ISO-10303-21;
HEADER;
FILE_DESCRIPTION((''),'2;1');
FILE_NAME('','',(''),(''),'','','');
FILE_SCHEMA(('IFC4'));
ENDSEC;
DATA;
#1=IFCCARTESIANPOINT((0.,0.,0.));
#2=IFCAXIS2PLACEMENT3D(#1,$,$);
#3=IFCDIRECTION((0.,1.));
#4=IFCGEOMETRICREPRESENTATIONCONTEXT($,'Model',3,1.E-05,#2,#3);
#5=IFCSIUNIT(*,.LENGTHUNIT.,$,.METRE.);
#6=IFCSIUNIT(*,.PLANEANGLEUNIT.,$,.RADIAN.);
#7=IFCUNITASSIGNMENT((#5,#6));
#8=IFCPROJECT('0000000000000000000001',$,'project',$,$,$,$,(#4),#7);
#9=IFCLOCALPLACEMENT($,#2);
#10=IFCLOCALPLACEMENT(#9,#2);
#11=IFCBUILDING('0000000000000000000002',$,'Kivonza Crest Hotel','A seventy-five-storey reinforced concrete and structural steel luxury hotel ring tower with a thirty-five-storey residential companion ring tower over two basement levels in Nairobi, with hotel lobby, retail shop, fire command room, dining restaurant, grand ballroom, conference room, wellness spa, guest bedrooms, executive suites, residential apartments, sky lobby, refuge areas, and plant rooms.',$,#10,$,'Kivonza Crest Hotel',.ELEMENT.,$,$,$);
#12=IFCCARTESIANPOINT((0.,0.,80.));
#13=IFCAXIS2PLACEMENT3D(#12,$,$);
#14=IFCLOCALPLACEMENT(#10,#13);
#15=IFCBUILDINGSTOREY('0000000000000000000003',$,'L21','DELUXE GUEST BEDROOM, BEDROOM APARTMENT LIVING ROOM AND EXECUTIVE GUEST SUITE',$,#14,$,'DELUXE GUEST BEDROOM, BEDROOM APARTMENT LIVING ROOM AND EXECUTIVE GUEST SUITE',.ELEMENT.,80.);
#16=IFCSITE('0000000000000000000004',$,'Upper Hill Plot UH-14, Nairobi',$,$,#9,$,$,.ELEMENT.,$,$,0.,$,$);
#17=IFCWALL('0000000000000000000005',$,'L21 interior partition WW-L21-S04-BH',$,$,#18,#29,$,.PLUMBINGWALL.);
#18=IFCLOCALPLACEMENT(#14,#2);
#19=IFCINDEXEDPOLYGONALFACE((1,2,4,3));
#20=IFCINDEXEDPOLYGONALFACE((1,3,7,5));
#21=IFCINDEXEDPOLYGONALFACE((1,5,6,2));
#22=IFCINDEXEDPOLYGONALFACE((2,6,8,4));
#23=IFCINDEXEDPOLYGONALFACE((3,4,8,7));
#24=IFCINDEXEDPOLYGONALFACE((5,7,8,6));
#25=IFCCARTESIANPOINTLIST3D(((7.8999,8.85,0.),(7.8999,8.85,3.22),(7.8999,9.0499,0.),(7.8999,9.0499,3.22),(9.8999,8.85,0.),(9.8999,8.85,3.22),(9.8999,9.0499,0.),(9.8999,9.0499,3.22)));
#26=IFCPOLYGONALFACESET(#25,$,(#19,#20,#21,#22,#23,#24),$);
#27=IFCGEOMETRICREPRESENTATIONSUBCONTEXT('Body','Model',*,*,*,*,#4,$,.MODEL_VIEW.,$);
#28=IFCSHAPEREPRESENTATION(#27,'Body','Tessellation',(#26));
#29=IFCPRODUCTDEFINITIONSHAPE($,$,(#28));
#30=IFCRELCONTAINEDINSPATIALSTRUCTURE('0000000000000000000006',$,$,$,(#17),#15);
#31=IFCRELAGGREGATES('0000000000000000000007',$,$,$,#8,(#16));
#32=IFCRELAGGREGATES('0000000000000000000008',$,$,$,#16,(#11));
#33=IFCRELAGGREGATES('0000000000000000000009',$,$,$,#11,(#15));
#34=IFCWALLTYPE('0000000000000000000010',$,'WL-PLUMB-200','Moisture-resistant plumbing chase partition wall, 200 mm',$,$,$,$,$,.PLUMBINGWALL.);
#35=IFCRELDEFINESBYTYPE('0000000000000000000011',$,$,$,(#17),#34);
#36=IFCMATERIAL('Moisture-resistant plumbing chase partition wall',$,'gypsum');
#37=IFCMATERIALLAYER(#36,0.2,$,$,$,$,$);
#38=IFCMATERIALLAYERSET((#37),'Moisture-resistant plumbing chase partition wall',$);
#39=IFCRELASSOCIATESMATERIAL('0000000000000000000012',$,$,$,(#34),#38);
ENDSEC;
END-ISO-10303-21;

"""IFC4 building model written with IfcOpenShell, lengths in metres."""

from ifc_helpers import new_model, si_unit, direction, frame, frame_2d, origin, place, context, subcontext, project, spatial, rectangle, extrude, material, layer, layer_set, type_object, element, save


model = new_model("IFC4")

# Units and contexts
model_context = context("Model", 3, precision=1e-05, world=origin(), true_north=direction((0.0, 1.0)))
body_context = subcontext(model_context, "Body", "Model", "MODEL_VIEW")
ifc_project = project(units=[si_unit("LENGTHUNIT", "METRE"), si_unit("PLANEANGLEUNIT", "RADIAN")], contexts=[model_context])

# Site, building, storey
site_placement = place(None, origin())
site = spatial("IfcSite", under=ifc_project, at=site_placement, Name="Upper Hill Plot UH-14, Nairobi", CompositionType="ELEMENT", RefElevation=0.0)
building_placement = place(site_placement, origin())
building = spatial("IfcBuilding", under=site, at=building_placement, Name="Kivonza Crest Hotel", Description="A seventy-five-storey reinforced concrete and structural steel luxury hotel ring tower with a thirty-five-storey residential companion ring tower over two basement levels in Nairobi, with hotel lobby, retail shop, fire command room, dining restaurant, grand ballroom, conference room, wellness spa, guest bedrooms, executive suites, residential apartments, sky lobby, refuge areas, and plant rooms.", LongName="Kivonza Crest Hotel", CompositionType="ELEMENT")
storey_placement = place(building_placement, frame((0.0, 0.0, 80.0)))
storey = spatial("IfcBuildingStorey", under=building, at=storey_placement, Name="L21", Description="DELUXE GUEST BEDROOM, BEDROOM APARTMENT LIVING ROOM AND EXECUTIVE GUEST SUITE", LongName="DELUXE GUEST BEDROOM, BEDROOM APARTMENT LIVING ROOM AND EXECUTIVE GUEST SUITE", CompositionType="ELEMENT", Elevation=80.0)

# Shared definitions
ifc_material_1 = material(Name="Moisture-resistant plumbing chase partition wall", Category="gypsum")
ifc_layer_1 = layer(ifc_material_1, 0.2)
ifc_layer_set_1 = layer_set([ifc_layer_1], Name="Moisture-resistant plumbing chase partition wall")
wall_type_1 = type_object("IfcWallType", Name="WL-PLUMB-200", Description="Moisture-resistant plumbing chase partition wall, 200 mm", PredefinedType="PLUMBINGWALL", material=ifc_layer_set_1)

# Wall
wall_1_placement = place(storey_placement, frame((7.8999, 8.95, 0.0), z_axis=(0.0, 0.0, 1.0), x_axis=(1.0, 0.0, 0.0)))
element("IfcWall", 1, at=wall_1_placement, inside=storey, type_object=wall_type_1, Name="L21 interior partition WW-L21-S04-BH", PredefinedType="PLUMBINGWALL", context=body_context, shape_type="SweptSolid", body=[
    extrude(rectangle(XDim=2.0, YDim=0.2, at=frame_2d((1.0, 0.0))), origin(), (0.0, 0.0, 1.0), 3.22),
])

save(model, "model.ifc")
